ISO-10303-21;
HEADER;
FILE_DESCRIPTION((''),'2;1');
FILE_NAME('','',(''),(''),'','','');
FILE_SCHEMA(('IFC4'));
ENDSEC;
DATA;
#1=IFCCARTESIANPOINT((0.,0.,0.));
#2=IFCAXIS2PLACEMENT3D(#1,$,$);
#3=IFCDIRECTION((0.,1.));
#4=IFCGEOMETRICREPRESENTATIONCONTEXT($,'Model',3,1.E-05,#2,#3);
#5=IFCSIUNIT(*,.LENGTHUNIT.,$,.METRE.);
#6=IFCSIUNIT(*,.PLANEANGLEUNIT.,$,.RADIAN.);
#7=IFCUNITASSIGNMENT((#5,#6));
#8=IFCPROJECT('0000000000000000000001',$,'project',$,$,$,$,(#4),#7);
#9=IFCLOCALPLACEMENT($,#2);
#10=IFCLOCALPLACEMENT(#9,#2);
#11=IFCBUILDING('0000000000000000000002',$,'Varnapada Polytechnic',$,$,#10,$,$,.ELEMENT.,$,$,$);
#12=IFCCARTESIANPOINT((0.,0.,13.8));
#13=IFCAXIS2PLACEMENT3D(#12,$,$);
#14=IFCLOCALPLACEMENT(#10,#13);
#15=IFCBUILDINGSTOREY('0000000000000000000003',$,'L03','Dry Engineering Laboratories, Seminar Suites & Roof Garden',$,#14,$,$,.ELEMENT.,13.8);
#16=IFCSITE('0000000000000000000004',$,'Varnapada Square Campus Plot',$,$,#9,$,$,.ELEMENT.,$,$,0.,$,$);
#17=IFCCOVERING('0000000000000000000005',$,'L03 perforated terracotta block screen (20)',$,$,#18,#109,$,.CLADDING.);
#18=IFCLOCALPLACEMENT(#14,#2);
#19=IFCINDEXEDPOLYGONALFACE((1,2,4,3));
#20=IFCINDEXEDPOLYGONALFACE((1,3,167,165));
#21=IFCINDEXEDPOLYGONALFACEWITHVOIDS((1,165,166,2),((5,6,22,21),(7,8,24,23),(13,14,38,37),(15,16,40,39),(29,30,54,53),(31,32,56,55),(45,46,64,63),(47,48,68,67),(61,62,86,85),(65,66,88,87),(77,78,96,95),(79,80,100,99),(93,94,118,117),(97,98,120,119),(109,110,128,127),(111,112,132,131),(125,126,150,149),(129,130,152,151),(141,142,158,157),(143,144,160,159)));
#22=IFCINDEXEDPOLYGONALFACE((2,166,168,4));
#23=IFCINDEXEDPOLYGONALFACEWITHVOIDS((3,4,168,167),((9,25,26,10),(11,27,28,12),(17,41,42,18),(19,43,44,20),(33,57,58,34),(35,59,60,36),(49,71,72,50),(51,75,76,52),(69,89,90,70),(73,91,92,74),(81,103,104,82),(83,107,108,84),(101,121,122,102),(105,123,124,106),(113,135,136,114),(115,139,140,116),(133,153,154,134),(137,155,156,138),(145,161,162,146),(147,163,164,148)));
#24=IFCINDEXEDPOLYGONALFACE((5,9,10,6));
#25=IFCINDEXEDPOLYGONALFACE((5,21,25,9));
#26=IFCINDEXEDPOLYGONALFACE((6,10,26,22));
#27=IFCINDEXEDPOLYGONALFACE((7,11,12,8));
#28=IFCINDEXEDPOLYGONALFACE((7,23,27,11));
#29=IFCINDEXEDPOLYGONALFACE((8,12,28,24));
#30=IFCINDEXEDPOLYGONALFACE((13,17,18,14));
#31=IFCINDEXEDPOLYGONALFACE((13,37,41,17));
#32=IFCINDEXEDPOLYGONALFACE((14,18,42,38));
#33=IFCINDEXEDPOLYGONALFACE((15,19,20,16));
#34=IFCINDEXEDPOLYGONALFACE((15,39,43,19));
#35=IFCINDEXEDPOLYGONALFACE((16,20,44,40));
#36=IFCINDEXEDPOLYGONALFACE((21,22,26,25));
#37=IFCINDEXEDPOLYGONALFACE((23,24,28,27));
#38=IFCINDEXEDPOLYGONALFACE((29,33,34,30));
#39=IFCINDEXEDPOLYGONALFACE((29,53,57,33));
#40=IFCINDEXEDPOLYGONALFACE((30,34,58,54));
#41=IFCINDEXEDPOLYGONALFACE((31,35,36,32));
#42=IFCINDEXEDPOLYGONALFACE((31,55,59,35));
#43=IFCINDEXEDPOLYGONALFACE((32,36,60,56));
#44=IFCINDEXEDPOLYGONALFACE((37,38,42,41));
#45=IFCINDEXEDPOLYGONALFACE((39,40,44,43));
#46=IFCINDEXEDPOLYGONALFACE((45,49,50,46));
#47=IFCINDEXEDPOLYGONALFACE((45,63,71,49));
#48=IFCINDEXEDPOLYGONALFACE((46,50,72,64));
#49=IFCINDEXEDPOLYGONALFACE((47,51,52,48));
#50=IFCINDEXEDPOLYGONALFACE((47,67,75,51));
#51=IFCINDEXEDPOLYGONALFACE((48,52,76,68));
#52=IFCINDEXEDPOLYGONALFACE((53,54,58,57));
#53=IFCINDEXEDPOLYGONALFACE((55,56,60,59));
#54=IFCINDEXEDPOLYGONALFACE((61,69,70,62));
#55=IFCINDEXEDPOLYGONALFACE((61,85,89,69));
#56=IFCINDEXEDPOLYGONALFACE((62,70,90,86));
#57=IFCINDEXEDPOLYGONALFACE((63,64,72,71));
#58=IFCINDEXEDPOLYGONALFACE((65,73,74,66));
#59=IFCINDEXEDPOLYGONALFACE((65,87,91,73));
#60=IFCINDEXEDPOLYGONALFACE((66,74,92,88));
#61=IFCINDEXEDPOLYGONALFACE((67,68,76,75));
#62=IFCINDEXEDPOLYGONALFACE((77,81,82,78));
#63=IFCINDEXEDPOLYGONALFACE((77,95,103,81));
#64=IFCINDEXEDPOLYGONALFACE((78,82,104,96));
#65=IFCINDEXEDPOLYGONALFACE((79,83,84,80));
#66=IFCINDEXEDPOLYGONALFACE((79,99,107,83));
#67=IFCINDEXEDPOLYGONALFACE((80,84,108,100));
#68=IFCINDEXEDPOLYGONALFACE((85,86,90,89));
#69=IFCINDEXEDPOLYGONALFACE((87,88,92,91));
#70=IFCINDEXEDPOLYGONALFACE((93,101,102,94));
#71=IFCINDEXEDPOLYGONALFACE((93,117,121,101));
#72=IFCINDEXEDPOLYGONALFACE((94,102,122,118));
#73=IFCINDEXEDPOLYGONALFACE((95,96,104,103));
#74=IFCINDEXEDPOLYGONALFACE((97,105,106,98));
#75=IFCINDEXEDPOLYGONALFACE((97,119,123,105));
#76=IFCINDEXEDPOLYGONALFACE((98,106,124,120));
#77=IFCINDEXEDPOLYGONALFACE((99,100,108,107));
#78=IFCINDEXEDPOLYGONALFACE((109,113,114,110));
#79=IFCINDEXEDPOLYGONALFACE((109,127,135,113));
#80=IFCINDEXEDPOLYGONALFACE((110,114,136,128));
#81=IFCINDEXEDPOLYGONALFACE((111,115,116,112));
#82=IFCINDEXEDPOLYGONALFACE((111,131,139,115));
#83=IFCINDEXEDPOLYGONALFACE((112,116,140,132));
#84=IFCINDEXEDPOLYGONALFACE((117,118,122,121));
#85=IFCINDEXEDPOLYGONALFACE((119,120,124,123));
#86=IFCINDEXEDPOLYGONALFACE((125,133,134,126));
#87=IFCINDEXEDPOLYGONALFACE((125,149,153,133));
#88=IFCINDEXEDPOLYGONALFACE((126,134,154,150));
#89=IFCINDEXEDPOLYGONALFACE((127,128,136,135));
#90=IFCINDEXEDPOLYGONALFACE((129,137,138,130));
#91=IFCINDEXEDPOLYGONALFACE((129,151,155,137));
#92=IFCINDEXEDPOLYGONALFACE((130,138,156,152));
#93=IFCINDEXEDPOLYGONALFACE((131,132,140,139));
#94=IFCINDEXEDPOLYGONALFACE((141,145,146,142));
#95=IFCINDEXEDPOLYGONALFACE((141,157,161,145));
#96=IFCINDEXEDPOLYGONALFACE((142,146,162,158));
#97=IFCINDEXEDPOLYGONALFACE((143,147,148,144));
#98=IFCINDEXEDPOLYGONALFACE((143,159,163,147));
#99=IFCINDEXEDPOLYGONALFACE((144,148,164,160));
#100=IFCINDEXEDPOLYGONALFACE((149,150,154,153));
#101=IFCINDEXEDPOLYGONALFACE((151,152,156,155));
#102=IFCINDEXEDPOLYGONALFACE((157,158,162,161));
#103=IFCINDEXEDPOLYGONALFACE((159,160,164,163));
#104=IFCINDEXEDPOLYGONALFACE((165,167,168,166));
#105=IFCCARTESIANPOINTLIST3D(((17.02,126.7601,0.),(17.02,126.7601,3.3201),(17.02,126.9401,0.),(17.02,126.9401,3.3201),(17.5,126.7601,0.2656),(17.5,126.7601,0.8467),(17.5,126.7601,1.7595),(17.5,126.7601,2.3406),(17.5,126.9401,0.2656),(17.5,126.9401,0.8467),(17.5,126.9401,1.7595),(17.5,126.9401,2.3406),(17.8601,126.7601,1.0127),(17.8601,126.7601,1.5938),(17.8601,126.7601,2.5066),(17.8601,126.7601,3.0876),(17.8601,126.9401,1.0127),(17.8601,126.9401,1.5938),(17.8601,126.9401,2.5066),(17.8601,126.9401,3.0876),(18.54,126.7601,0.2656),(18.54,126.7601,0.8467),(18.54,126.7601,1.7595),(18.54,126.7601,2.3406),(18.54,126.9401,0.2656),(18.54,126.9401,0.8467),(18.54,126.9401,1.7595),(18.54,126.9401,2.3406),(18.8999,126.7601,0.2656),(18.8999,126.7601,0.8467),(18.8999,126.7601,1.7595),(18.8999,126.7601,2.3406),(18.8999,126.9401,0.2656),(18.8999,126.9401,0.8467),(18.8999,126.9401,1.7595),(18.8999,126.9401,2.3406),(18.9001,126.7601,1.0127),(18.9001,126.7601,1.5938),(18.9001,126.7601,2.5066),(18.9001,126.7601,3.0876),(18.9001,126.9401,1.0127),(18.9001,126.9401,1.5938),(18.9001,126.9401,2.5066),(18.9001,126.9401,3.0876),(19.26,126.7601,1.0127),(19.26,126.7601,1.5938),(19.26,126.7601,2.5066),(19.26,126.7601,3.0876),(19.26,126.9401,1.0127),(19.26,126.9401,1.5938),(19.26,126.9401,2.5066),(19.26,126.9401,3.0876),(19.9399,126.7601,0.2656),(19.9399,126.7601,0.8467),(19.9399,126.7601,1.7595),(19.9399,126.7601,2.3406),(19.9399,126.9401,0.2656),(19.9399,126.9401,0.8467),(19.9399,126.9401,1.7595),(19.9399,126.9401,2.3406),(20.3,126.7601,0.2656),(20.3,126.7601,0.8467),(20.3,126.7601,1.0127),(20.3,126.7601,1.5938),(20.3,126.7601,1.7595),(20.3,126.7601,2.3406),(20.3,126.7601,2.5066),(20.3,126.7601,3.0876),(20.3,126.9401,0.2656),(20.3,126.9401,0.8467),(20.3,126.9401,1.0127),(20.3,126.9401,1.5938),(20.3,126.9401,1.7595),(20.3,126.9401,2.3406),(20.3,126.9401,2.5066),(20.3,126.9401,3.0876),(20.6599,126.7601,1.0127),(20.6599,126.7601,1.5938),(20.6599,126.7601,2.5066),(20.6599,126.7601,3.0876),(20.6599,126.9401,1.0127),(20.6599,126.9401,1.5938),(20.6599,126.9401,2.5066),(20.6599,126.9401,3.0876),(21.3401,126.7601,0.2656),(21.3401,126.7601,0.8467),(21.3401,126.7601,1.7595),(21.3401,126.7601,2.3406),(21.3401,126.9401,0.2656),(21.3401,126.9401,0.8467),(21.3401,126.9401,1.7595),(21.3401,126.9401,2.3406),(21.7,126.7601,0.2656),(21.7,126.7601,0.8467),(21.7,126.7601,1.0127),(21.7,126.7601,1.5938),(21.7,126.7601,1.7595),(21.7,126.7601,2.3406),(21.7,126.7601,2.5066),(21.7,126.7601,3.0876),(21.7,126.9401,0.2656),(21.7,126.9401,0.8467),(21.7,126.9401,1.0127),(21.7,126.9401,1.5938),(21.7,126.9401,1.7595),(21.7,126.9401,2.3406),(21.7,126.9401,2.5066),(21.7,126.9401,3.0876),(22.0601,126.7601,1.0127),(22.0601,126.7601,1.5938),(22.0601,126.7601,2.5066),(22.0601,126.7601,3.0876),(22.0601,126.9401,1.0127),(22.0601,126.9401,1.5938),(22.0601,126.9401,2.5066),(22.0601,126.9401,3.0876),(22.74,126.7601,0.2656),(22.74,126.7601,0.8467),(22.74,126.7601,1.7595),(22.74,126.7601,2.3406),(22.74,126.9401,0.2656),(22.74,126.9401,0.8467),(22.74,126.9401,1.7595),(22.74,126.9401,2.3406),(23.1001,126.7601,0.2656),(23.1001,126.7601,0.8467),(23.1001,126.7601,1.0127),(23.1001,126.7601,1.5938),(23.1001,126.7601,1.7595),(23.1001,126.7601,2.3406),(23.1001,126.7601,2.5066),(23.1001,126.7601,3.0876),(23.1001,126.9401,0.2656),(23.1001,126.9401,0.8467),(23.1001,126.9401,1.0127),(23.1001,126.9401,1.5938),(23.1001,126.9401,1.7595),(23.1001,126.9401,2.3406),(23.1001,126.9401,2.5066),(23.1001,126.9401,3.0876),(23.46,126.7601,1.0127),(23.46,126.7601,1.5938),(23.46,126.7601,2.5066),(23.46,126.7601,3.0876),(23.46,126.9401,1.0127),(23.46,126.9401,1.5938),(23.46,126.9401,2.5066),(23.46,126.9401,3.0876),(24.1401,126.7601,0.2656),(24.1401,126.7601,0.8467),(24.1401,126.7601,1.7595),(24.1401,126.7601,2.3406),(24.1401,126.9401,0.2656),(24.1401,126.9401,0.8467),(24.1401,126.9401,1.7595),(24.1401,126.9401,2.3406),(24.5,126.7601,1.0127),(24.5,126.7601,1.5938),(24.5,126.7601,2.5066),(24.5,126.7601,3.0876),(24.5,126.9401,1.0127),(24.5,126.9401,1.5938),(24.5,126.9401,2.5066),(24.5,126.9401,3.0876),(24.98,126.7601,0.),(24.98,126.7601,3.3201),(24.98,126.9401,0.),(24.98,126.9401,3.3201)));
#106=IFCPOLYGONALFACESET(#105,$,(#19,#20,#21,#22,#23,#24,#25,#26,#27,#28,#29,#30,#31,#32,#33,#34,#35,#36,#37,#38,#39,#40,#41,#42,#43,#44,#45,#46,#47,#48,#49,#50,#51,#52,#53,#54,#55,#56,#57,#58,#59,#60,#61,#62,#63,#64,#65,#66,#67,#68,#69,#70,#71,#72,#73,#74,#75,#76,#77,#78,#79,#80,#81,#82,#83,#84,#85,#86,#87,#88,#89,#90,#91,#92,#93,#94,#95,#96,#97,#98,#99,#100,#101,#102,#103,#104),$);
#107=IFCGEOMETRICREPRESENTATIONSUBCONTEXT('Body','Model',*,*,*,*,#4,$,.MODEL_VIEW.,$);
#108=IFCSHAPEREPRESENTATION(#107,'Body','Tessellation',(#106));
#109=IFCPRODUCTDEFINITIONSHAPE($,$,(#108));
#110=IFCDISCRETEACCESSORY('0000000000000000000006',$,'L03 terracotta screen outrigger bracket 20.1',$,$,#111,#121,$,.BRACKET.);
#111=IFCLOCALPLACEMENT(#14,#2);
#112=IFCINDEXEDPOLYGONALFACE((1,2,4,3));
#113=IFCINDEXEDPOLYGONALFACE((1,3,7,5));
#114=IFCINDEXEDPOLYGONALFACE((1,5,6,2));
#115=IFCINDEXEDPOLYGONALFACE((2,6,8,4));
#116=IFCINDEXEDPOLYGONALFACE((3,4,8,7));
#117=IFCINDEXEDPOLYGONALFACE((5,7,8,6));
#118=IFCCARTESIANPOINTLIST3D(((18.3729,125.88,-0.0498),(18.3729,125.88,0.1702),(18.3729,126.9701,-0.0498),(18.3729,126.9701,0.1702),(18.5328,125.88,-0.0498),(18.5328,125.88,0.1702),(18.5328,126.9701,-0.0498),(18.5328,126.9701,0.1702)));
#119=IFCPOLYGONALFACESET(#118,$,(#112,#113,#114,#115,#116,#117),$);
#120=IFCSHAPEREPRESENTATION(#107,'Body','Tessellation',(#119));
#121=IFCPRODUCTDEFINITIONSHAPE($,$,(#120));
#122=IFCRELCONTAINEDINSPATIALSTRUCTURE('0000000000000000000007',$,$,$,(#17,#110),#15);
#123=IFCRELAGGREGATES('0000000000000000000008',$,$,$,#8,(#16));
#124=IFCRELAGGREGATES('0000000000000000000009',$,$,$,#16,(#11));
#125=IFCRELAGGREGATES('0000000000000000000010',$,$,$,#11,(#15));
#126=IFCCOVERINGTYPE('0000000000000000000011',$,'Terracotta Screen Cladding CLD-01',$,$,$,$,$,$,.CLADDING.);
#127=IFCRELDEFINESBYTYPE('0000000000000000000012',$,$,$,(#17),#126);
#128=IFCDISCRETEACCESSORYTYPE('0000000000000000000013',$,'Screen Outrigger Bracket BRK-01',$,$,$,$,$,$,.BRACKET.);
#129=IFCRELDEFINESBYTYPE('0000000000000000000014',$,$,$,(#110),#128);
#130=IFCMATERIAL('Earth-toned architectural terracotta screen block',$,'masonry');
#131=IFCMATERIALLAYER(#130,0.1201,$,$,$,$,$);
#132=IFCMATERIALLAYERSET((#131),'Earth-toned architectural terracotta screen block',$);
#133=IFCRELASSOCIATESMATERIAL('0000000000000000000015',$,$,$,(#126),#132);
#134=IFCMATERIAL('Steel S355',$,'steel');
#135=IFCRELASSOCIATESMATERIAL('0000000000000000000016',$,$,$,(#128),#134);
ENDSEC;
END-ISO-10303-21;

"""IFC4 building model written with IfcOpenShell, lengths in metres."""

from ifc_helpers import new_model, si_unit, direction, frame, frame_2d, origin, origin_2d, place, context, subcontext, project, spatial, rectangle, extrude, material, layer, layer_set, type_object, element, save


model = new_model("IFC4")

# Units and contexts
model_context = context("Model", 3, precision=1e-05, world=origin(), true_north=direction((0.0, 1.0)))
body_context = subcontext(model_context, "Body", "Model", "MODEL_VIEW")
ifc_project = project(units=[si_unit("LENGTHUNIT", "METRE"), si_unit("PLANEANGLEUNIT", "RADIAN")], contexts=[model_context])

# Site, building, storey
site_placement = place(None, origin())
site = spatial("IfcSite", under=ifc_project, at=site_placement, Name="Varnapada Square Campus Plot", CompositionType="ELEMENT", RefElevation=0.0)
building_placement = place(site_placement, origin())
building = spatial("IfcBuilding", under=site, at=building_placement, Name="Varnapada Polytechnic", CompositionType="ELEMENT")
storey_placement = place(building_placement, frame((0.0, 0.0, 13.8)))
storey = spatial("IfcBuildingStorey", under=building, at=storey_placement, Name="L03", Description="Dry Engineering Laboratories, Seminar Suites & Roof Garden", CompositionType="ELEMENT", Elevation=13.8)

# Covering, openings
ifc_material_1 = material(Name="Earth-toned architectural terracotta screen block", Category="masonry")
ifc_layer_1 = layer(ifc_material_1, 0.1201)
ifc_layer_set_1 = layer_set([ifc_layer_1], Name="Earth-toned architectural terracotta screen block")
covering_type = type_object("IfcCoveringType", Name="Terracotta Screen Cladding CLD-01", PredefinedType="CLADDING", material=ifc_layer_set_1)
covering_placement = place(storey_placement, frame((17.02, 126.8501, 0.0), z_axis=(0.0, 0.0, 1.0), x_axis=(1.0, 0.0, 0.0)))
covering = element("IfcCovering", 1, at=covering_placement, inside=storey, type_object=covering_type, Name="L03 perforated terracotta block screen (20)", PredefinedType="CLADDING", context=body_context, shape_type="SweptSolid", body=[
    extrude(rectangle(XDim=7.96, YDim=0.1799, at=frame_2d((3.98, 0.0))), origin(), (0.0, 0.0, 1.0), 3.3201),
])
opening_1_placement = place(covering_placement, frame((0.48, 0.0, 0.2656)))
element("IfcOpeningElement", 2, at=opening_1_placement, cuts=covering, PredefinedType="OPENING", context=body_context, shape_type="SweptSolid", body=[
    extrude(rectangle(XDim=1.04, YDim=0.5811, at=frame_2d((0.52, 0.2905))), frame((0.0, 0.0999, 0.0), z_axis=(0.0, -1.0, 0.0), x_axis=(1.0, 0.0, 0.0)), (0.0, 0.0, 1.0), 0.2),
])
opening_2_placement = place(covering_placement, frame((1.8799, 0.0, 0.2656)))
element("IfcOpeningElement", 3, at=opening_2_placement, cuts=covering, PredefinedType="OPENING", context=body_context, shape_type="SweptSolid", body=[
    extrude(rectangle(XDim=1.04, YDim=0.5811, at=frame_2d((0.52, 0.2905))), frame((0.0, 0.0999, 0.0), z_axis=(0.0, -1.0, 0.0), x_axis=(1.0, 0.0, 0.0)), (0.0, 0.0, 1.0), 0.2),
])
opening_3_placement = place(covering_placement, frame((3.28, 0.0, 0.2656)))
element("IfcOpeningElement", 4, at=opening_3_placement, cuts=covering, PredefinedType="OPENING", context=body_context, shape_type="SweptSolid", body=[
    extrude(rectangle(XDim=1.04, YDim=0.5811, at=frame_2d((0.52, 0.2905))), frame((0.0, 0.0999, 0.0), z_axis=(0.0, -1.0, 0.0), x_axis=(1.0, 0.0, 0.0)), (0.0, 0.0, 1.0), 0.2),
])
opening_4_placement = place(covering_placement, frame((4.6799, 0.0, 0.2656)))
element("IfcOpeningElement", 5, at=opening_4_placement, cuts=covering, PredefinedType="OPENING", context=body_context, shape_type="SweptSolid", body=[
    extrude(rectangle(XDim=1.04, YDim=0.5811, at=frame_2d((0.52, 0.2905))), frame((0.0, 0.0999, 0.0), z_axis=(0.0, -1.0, 0.0), x_axis=(1.0, 0.0, 0.0)), (0.0, 0.0, 1.0), 0.2),
])
opening_5_placement = place(covering_placement, frame((6.0801, 0.0, 0.2656)))
element("IfcOpeningElement", 6, at=opening_5_placement, cuts=covering, PredefinedType="OPENING", context=body_context, shape_type="SweptSolid", body=[
    extrude(rectangle(XDim=1.04, YDim=0.5811, at=frame_2d((0.52, 0.2905))), frame((0.0, 0.0999, 0.0), z_axis=(0.0, -1.0, 0.0), x_axis=(1.0, 0.0, 0.0)), (0.0, 0.0, 1.0), 0.2),
])
opening_6_placement = place(covering_placement, frame((0.8401, 0.0, 1.0127)))
element("IfcOpeningElement", 7, at=opening_6_placement, cuts=covering, PredefinedType="OPENING", context=body_context, shape_type="SweptSolid", body=[
    extrude(rectangle(XDim=1.04, YDim=0.5811, at=frame_2d((0.52, 0.2905))), frame((0.0, 0.0999, 0.0), z_axis=(0.0, -1.0, 0.0), x_axis=(1.0, 0.0, 0.0)), (0.0, 0.0, 1.0), 0.2),
])
opening_7_placement = place(covering_placement, frame((2.24, 0.0, 1.0127)))
element("IfcOpeningElement", 8, at=opening_7_placement, cuts=covering, PredefinedType="OPENING", context=body_context, shape_type="SweptSolid", body=[
    extrude(rectangle(XDim=1.04, YDim=0.5811, at=frame_2d((0.52, 0.2905))), frame((0.0, 0.0999, 0.0), z_axis=(0.0, -1.0, 0.0), x_axis=(1.0, 0.0, 0.0)), (0.0, 0.0, 1.0), 0.2),
])
opening_8_placement = place(covering_placement, frame((3.6399, 0.0, 1.0127)))
element("IfcOpeningElement", 9, at=opening_8_placement, cuts=covering, PredefinedType="OPENING", context=body_context, shape_type="SweptSolid", body=[
    extrude(rectangle(XDim=1.04, YDim=0.5811, at=frame_2d((0.52, 0.2905))), frame((0.0, 0.0999, 0.0), z_axis=(0.0, -1.0, 0.0), x_axis=(1.0, 0.0, 0.0)), (0.0, 0.0, 1.0), 0.2),
])
opening_9_placement = place(covering_placement, frame((5.04, 0.0, 1.0127)))
element("IfcOpeningElement", 10, at=opening_9_placement, cuts=covering, PredefinedType="OPENING", context=body_context, shape_type="SweptSolid", body=[
    extrude(rectangle(XDim=1.04, YDim=0.5811, at=frame_2d((0.52, 0.2905))), frame((0.0, 0.0999, 0.0), z_axis=(0.0, -1.0, 0.0), x_axis=(1.0, 0.0, 0.0)), (0.0, 0.0, 1.0), 0.2),
])
opening_10_placement = place(covering_placement, frame((6.4399, 0.0, 1.0127)))
element("IfcOpeningElement", 11, at=opening_10_placement, cuts=covering, PredefinedType="OPENING", context=body_context, shape_type="SweptSolid", body=[
    extrude(rectangle(XDim=1.04, YDim=0.5811, at=frame_2d((0.52, 0.2905))), frame((0.0, 0.0999, 0.0), z_axis=(0.0, -1.0, 0.0), x_axis=(1.0, 0.0, 0.0)), (0.0, 0.0, 1.0), 0.2),
])
opening_11_placement = place(covering_placement, frame((0.48, 0.0, 1.7595)))
element("IfcOpeningElement", 12, at=opening_11_placement, cuts=covering, PredefinedType="OPENING", context=body_context, shape_type="SweptSolid", body=[
    extrude(rectangle(XDim=1.04, YDim=0.5811, at=frame_2d((0.52, 0.2905))), frame((0.0, 0.0999, 0.0), z_axis=(0.0, -1.0, 0.0), x_axis=(1.0, 0.0, 0.0)), (0.0, 0.0, 1.0), 0.2),
])
opening_12_placement = place(covering_placement, frame((1.8799, 0.0, 1.7595)))
element("IfcOpeningElement", 13, at=opening_12_placement, cuts=covering, PredefinedType="OPENING", context=body_context, shape_type="SweptSolid", body=[
    extrude(rectangle(XDim=1.04, YDim=0.5811, at=frame_2d((0.52, 0.2905))), frame((0.0, 0.0999, 0.0), z_axis=(0.0, -1.0, 0.0), x_axis=(1.0, 0.0, 0.0)), (0.0, 0.0, 1.0), 0.2),
])
opening_13_placement = place(covering_placement, frame((3.28, 0.0, 1.7595)))
element("IfcOpeningElement", 14, at=opening_13_placement, cuts=covering, PredefinedType="OPENING", context=body_context, shape_type="SweptSolid", body=[
    extrude(rectangle(XDim=1.04, YDim=0.5811, at=frame_2d((0.52, 0.2905))), frame((0.0, 0.0999, 0.0), z_axis=(0.0, -1.0, 0.0), x_axis=(1.0, 0.0, 0.0)), (0.0, 0.0, 1.0), 0.2),
])
opening_14_placement = place(covering_placement, frame((4.6799, 0.0, 1.7595)))
element("IfcOpeningElement", 15, at=opening_14_placement, cuts=covering, PredefinedType="OPENING", context=body_context, shape_type="SweptSolid", body=[
    extrude(rectangle(XDim=1.04, YDim=0.5811, at=frame_2d((0.52, 0.2905))), frame((0.0, 0.0999, 0.0), z_axis=(0.0, -1.0, 0.0), x_axis=(1.0, 0.0, 0.0)), (0.0, 0.0, 1.0), 0.2),
])
opening_15_placement = place(covering_placement, frame((6.0801, 0.0, 1.7595)))
element("IfcOpeningElement", 16, at=opening_15_placement, cuts=covering, PredefinedType="OPENING", context=body_context, shape_type="SweptSolid", body=[
    extrude(rectangle(XDim=1.04, YDim=0.5811, at=frame_2d((0.52, 0.2905))), frame((0.0, 0.0999, 0.0), z_axis=(0.0, -1.0, 0.0), x_axis=(1.0, 0.0, 0.0)), (0.0, 0.0, 1.0), 0.2),
])
opening_16_placement = place(covering_placement, frame((0.8401, 0.0, 2.5066)))
element("IfcOpeningElement", 17, at=opening_16_placement, cuts=covering, PredefinedType="OPENING", context=body_context, shape_type="SweptSolid", body=[
    extrude(rectangle(XDim=1.04, YDim=0.5811, at=frame_2d((0.52, 0.2905))), frame((0.0, 0.0999, 0.0), z_axis=(0.0, -1.0, 0.0), x_axis=(1.0, 0.0, 0.0)), (0.0, 0.0, 1.0), 0.2),
])
opening_17_placement = place(covering_placement, frame((2.24, 0.0, 2.5066)))
element("IfcOpeningElement", 18, at=opening_17_placement, cuts=covering, PredefinedType="OPENING", context=body_context, shape_type="SweptSolid", body=[
    extrude(rectangle(XDim=1.04, YDim=0.5811, at=frame_2d((0.52, 0.2905))), frame((0.0, 0.0999, 0.0), z_axis=(0.0, -1.0, 0.0), x_axis=(1.0, 0.0, 0.0)), (0.0, 0.0, 1.0), 0.2),
])
opening_18_placement = place(covering_placement, frame((3.6399, 0.0, 2.5066)))
element("IfcOpeningElement", 19, at=opening_18_placement, cuts=covering, PredefinedType="OPENING", context=body_context, shape_type="SweptSolid", body=[
    extrude(rectangle(XDim=1.04, YDim=0.5811, at=frame_2d((0.52, 0.2905))), frame((0.0, 0.0999, 0.0), z_axis=(0.0, -1.0, 0.0), x_axis=(1.0, 0.0, 0.0)), (0.0, 0.0, 1.0), 0.2),
])
opening_19_placement = place(covering_placement, frame((5.04, 0.0, 2.5066)))
element("IfcOpeningElement", 20, at=opening_19_placement, cuts=covering, PredefinedType="OPENING", context=body_context, shape_type="SweptSolid", body=[
    extrude(rectangle(XDim=1.04, YDim=0.5811, at=frame_2d((0.52, 0.2905))), frame((0.0, 0.0999, 0.0), z_axis=(0.0, -1.0, 0.0), x_axis=(1.0, 0.0, 0.0)), (0.0, 0.0, 1.0), 0.2),
])
opening_20_placement = place(covering_placement, frame((6.4399, 0.0, 2.5066)))
element("IfcOpeningElement", 21, at=opening_20_placement, cuts=covering, PredefinedType="OPENING", context=body_context, shape_type="SweptSolid", body=[
    extrude(rectangle(XDim=1.04, YDim=0.5811, at=frame_2d((0.52, 0.2905))), frame((0.0, 0.0999, 0.0), z_axis=(0.0, -1.0, 0.0), x_axis=(1.0, 0.0, 0.0)), (0.0, 0.0, 1.0), 0.2),
])

# Discrete accessory
ifc_material_2 = material(Name="Steel S355", Category="steel")
discrete_accessory_type = type_object("IfcDiscreteAccessoryType", Name="Screen Outrigger Bracket BRK-01", PredefinedType="BRACKET", material=ifc_material_2)
discrete_accessory_placement = place(storey_placement, frame((18.4529, 126.425, -0.0498), z_axis=(0.0, 0.0, 1.0), x_axis=(1.0, 0.0, 0.0)))
element("IfcDiscreteAccessory", 22, at=discrete_accessory_placement, inside=storey, type_object=discrete_accessory_type, Name="L03 terracotta screen outrigger bracket 20.1", PredefinedType="BRACKET", context=body_context, shape_type="SweptSolid", body=[
    extrude(rectangle(XDim=0.1599, YDim=1.0901, at=origin_2d()), origin(), (0.0, 0.0, 1.0), 0.22),
])

save(model, "model.ifc")
